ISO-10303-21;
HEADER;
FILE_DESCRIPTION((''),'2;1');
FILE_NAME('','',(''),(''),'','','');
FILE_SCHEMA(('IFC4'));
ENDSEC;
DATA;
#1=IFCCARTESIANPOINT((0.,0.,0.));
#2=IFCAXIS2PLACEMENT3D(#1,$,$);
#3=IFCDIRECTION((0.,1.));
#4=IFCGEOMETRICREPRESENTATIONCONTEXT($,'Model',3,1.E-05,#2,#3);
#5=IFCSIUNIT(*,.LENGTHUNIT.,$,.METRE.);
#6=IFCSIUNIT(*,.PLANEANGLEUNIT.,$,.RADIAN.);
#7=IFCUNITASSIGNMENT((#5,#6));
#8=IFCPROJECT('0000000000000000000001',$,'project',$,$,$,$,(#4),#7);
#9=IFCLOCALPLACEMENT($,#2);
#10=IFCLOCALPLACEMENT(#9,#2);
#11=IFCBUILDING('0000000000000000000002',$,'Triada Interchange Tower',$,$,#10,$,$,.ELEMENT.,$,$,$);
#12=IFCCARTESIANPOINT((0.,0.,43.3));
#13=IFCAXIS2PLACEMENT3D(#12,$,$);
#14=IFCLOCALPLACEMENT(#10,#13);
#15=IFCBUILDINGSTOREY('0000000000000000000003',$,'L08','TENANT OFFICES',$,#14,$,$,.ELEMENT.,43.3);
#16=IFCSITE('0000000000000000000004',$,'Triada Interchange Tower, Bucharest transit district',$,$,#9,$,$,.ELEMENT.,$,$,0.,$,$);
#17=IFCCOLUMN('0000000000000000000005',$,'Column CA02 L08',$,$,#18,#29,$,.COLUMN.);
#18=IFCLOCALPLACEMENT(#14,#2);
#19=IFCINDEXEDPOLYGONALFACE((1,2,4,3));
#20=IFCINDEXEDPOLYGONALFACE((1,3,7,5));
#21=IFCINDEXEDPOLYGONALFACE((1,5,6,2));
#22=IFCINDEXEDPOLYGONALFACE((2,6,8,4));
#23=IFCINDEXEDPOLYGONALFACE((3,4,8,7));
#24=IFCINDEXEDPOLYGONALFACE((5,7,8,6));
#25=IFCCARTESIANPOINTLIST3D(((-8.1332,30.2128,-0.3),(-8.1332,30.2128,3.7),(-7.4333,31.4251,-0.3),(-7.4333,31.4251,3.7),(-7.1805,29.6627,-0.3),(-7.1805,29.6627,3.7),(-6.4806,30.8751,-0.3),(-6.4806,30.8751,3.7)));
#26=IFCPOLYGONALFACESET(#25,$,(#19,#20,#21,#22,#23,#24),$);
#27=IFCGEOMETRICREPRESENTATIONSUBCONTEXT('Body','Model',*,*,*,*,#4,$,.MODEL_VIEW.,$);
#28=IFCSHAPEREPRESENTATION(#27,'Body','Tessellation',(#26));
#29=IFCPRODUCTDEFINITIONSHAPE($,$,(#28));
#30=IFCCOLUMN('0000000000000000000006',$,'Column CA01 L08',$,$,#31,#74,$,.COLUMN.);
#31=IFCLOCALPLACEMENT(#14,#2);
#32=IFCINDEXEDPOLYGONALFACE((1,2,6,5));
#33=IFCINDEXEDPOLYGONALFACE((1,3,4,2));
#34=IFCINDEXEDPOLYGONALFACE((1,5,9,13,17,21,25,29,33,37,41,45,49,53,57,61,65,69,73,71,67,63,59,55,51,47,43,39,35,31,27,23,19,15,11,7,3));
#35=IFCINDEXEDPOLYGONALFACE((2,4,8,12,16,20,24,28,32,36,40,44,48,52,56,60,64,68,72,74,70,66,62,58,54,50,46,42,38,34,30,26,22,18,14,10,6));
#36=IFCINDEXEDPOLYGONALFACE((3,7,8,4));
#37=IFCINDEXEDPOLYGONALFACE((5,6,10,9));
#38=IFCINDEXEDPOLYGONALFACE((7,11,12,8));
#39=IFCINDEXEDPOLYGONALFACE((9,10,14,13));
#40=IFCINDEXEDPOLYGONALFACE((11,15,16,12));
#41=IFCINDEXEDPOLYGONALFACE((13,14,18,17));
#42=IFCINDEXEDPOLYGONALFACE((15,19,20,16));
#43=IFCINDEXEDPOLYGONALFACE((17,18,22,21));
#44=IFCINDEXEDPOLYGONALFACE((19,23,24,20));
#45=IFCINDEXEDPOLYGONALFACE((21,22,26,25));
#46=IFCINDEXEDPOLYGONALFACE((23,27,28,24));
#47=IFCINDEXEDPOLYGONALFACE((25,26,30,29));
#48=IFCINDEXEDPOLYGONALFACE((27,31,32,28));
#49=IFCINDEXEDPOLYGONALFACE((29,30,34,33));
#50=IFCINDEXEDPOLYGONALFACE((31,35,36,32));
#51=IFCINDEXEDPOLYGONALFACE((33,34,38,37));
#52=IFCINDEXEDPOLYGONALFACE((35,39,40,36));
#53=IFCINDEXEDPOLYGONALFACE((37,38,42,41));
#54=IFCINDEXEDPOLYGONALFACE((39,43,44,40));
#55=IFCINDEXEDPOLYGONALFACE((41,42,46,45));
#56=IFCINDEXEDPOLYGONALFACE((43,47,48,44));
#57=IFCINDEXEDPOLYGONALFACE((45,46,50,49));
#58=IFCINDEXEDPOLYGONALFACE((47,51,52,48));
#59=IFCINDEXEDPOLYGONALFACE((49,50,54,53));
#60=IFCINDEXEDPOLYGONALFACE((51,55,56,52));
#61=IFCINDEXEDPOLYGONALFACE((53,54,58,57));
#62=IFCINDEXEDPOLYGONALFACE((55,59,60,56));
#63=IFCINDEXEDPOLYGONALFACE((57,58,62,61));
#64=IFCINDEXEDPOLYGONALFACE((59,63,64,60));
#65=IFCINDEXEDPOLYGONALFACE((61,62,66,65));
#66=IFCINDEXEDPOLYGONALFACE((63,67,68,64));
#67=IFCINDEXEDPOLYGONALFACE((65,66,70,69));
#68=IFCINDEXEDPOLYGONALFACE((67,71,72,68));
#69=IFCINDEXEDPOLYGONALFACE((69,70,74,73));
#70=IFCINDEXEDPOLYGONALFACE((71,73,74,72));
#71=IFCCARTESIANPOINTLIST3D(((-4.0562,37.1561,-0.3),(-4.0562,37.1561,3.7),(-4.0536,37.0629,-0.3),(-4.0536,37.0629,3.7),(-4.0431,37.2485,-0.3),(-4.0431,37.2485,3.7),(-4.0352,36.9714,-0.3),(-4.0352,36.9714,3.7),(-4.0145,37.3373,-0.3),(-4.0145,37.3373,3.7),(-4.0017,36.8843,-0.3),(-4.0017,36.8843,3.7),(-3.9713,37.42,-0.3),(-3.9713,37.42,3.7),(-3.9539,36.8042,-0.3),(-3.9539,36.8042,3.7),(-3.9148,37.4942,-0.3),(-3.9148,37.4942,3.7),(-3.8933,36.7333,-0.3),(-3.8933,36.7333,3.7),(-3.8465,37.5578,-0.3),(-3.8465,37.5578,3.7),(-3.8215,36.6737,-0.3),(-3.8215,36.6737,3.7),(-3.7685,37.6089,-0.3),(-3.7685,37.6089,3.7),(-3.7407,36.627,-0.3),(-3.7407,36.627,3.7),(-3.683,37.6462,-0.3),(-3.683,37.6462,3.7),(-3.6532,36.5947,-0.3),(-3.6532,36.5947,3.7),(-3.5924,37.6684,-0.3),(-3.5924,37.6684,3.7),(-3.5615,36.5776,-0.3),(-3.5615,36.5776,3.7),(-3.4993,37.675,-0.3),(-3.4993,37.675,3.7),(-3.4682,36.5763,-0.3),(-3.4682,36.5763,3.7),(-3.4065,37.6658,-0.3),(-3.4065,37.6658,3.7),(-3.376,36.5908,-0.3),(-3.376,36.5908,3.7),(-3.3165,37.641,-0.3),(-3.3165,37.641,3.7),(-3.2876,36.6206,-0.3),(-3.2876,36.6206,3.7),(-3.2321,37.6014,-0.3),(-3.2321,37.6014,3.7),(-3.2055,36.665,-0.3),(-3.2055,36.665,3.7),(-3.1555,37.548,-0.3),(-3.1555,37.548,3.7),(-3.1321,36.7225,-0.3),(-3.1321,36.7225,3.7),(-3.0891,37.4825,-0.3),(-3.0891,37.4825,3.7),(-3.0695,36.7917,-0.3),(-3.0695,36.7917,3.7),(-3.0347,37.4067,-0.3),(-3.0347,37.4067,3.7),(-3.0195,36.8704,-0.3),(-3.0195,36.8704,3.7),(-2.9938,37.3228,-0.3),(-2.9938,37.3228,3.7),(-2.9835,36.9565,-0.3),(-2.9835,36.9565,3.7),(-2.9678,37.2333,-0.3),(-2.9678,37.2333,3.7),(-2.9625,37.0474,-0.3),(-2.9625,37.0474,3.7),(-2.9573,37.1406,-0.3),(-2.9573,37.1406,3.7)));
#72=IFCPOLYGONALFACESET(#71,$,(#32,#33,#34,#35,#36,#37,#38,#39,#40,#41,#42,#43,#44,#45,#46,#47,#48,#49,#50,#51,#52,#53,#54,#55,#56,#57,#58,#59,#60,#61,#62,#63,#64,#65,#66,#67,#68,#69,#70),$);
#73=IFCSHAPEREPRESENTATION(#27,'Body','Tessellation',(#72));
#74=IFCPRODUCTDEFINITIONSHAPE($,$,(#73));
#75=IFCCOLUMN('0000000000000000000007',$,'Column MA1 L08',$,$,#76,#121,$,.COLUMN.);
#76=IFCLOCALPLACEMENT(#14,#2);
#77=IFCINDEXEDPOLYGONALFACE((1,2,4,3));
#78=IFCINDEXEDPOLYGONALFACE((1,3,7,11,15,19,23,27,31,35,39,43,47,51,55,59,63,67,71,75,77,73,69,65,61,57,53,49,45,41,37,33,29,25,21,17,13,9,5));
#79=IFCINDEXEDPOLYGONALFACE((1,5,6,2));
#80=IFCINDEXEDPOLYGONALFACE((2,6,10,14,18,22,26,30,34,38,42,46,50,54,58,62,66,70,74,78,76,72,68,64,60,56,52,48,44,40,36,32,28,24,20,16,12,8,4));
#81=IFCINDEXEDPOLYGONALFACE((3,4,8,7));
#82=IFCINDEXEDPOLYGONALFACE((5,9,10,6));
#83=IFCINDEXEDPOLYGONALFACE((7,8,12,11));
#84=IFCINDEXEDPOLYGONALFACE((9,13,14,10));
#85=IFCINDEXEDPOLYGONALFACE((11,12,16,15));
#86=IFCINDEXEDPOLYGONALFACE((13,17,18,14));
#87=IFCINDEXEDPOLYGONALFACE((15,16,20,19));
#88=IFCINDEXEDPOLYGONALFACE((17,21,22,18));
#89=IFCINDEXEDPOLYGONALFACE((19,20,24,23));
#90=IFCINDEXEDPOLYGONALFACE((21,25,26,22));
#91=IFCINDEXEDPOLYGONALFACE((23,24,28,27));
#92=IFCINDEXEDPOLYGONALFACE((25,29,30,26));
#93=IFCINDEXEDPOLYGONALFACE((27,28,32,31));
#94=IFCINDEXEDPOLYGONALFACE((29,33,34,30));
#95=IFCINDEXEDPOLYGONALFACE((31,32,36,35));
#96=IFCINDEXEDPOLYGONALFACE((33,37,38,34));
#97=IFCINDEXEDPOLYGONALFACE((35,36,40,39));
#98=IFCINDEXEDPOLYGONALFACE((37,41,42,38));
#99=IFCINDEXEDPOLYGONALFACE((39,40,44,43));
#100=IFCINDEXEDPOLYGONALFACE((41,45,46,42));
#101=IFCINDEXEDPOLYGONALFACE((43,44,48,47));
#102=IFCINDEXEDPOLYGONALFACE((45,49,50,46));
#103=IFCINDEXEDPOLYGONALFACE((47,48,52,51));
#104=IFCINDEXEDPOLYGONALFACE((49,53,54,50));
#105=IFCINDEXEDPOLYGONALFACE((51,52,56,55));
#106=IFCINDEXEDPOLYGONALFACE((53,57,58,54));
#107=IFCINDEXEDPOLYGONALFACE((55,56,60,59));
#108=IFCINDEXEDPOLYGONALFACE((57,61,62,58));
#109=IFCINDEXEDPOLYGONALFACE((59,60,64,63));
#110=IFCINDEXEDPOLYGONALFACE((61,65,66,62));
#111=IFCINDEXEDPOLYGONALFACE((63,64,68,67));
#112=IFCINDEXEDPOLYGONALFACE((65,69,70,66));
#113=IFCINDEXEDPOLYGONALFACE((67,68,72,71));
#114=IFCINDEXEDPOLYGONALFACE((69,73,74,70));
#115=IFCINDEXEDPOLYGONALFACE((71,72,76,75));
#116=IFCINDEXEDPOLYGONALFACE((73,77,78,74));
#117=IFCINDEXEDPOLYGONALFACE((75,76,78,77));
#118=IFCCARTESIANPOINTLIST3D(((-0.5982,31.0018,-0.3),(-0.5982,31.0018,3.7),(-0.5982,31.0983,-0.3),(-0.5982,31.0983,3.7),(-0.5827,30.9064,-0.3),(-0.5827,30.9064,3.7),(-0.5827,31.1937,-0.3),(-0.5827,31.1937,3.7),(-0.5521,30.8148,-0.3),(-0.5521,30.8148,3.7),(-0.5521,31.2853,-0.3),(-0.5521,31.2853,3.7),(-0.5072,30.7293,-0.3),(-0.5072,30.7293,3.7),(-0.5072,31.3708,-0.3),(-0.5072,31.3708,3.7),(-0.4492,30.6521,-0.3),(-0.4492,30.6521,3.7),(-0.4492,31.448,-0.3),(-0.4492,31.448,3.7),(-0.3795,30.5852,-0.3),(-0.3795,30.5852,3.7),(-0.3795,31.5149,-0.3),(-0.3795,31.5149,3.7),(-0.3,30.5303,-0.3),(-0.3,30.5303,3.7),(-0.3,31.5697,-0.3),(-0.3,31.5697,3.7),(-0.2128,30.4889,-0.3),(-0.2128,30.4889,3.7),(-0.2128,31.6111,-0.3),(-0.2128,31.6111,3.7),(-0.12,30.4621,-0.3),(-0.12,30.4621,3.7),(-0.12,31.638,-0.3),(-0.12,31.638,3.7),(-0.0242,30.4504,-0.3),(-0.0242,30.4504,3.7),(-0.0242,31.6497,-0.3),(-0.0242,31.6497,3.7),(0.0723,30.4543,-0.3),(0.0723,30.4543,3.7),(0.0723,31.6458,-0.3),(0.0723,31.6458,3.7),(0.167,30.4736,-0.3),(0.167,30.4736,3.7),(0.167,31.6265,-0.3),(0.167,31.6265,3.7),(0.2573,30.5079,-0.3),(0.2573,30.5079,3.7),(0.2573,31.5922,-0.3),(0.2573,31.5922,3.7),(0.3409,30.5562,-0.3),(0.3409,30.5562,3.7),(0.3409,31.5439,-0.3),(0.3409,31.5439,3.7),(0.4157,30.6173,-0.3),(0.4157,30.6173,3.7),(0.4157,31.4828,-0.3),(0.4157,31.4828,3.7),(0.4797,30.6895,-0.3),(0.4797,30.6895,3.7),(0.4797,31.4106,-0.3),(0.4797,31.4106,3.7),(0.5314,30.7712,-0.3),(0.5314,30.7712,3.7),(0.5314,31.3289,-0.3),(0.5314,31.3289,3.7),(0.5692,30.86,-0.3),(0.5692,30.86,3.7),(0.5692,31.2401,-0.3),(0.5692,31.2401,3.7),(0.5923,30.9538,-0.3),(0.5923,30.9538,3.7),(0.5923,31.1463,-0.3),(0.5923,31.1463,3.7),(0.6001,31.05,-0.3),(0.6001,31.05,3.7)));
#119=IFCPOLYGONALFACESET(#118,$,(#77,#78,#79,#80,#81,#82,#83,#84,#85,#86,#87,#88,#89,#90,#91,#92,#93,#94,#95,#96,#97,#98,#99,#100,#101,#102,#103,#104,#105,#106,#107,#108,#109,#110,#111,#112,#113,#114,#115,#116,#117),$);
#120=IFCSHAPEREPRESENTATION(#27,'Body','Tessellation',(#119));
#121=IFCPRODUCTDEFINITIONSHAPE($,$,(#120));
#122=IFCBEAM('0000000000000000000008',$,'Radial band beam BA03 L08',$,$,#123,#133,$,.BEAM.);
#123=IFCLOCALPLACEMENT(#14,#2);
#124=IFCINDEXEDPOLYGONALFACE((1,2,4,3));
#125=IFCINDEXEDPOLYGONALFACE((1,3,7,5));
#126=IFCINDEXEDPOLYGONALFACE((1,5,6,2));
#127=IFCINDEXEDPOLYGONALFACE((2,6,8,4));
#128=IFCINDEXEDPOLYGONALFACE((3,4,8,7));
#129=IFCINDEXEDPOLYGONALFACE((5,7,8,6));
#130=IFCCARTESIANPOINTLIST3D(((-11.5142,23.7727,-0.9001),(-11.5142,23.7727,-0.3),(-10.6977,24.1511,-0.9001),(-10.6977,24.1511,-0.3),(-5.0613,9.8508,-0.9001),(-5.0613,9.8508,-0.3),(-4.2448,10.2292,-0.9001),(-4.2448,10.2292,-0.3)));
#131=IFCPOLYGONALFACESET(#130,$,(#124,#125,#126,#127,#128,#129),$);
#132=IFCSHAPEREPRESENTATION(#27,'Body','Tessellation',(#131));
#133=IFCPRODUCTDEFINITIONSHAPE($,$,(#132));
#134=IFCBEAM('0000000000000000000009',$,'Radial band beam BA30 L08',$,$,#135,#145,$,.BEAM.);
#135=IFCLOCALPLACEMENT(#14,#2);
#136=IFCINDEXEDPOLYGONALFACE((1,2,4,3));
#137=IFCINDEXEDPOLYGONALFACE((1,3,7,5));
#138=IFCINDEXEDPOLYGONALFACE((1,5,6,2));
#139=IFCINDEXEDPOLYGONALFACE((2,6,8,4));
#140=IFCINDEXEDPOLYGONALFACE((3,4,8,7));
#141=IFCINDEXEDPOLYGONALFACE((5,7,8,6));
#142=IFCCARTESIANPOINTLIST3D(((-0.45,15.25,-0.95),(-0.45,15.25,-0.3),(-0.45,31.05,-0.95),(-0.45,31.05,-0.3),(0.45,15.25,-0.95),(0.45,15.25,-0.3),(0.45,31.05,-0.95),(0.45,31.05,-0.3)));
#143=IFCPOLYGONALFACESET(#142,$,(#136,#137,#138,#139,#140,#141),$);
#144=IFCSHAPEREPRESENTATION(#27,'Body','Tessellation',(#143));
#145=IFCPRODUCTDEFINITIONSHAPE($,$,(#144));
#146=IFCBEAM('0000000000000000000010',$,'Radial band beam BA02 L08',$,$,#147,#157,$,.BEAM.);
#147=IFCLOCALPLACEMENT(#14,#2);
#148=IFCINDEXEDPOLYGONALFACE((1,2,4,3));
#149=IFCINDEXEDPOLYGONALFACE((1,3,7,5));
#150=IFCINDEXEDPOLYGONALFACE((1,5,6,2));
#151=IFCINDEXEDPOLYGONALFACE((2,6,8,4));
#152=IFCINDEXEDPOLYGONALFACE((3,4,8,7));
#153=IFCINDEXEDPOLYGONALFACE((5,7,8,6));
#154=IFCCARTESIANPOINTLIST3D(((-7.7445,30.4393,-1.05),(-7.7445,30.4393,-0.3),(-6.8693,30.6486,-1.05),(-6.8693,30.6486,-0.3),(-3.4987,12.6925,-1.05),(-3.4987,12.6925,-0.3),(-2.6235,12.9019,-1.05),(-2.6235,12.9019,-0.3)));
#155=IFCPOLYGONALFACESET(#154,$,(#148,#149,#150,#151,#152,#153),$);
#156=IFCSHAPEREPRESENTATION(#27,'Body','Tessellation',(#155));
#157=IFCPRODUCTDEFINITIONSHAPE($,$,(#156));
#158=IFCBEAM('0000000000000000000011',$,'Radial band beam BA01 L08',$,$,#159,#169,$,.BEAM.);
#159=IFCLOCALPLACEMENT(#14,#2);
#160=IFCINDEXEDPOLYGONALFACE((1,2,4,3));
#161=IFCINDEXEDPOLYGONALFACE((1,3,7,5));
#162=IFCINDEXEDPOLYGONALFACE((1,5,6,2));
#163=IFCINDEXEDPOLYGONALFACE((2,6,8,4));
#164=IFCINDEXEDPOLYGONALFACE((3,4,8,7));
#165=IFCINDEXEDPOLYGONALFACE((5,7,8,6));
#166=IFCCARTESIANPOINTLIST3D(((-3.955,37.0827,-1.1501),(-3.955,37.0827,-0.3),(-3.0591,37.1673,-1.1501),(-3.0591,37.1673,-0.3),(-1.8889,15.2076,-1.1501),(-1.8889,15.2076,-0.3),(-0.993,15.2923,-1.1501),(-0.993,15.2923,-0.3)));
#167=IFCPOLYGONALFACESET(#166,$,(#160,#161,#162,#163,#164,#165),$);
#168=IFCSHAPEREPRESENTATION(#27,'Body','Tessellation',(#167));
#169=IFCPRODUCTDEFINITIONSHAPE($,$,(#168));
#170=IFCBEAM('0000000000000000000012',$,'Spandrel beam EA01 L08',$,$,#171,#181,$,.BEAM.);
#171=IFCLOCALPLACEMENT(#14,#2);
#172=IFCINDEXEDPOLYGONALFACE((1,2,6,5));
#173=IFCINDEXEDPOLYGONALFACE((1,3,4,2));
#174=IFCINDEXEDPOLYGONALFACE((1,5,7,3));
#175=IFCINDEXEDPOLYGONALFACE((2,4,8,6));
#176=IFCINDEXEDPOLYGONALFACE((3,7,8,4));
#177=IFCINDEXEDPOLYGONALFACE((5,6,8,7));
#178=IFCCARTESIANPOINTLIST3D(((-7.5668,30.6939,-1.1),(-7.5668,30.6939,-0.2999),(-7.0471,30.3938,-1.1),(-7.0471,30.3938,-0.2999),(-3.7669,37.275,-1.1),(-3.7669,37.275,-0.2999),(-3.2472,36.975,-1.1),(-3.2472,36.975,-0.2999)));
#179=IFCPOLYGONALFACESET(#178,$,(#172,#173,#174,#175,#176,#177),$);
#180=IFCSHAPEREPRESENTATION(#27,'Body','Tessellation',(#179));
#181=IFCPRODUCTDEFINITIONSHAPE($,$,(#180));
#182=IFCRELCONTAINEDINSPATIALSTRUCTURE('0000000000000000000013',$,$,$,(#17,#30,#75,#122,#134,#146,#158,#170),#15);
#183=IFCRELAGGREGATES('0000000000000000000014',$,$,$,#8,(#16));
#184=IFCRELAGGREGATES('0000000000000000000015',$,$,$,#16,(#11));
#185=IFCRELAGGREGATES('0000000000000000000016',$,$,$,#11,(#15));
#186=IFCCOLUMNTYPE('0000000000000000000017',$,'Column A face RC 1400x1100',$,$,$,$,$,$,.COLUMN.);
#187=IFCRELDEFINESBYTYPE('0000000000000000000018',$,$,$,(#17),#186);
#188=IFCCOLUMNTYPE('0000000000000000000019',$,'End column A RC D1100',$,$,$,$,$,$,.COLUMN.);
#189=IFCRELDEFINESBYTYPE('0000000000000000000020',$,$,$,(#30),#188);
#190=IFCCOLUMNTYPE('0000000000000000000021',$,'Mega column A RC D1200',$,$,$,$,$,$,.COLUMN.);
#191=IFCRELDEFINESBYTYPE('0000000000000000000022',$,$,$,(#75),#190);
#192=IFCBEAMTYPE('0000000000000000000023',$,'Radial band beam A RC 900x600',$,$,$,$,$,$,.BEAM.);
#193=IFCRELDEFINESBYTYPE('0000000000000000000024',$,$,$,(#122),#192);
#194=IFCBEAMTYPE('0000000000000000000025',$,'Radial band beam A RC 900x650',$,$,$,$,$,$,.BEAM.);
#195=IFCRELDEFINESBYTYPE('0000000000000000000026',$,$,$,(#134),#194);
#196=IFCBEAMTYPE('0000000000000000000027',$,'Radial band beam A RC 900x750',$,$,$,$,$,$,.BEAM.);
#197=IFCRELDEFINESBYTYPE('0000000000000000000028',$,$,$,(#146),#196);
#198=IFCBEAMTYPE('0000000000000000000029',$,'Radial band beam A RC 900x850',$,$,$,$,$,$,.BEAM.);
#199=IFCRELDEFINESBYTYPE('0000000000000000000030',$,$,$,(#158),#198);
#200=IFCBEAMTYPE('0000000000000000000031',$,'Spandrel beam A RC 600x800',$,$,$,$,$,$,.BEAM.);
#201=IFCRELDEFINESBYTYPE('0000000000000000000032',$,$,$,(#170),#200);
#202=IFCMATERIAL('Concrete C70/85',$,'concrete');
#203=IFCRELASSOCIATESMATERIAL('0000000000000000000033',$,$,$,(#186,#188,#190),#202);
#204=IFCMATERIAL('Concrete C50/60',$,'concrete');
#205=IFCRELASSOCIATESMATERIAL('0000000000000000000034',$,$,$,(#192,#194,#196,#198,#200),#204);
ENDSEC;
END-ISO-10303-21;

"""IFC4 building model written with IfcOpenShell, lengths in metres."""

from ifc_helpers import new_model, si_unit, direction, frame, origin, origin_2d, place, context, subcontext, project, spatial, rectangle, circle, extrude, material, material_profile, profile_set, type_object, element, save


model = new_model("IFC4")

# Units and contexts
model_context = context("Model", 3, precision=1e-05, world=origin(), true_north=direction((0.0, 1.0)))
body_context = subcontext(model_context, "Body", "Model", "MODEL_VIEW")
ifc_project = project(units=[si_unit("LENGTHUNIT", "METRE"), si_unit("PLANEANGLEUNIT", "RADIAN")], contexts=[model_context])

# Site, building, storey
site_placement = place(None, origin())
site = spatial("IfcSite", under=ifc_project, at=site_placement, Name="Triada Interchange Tower, Bucharest transit district", CompositionType="ELEMENT", RefElevation=0.0)
building_placement = place(site_placement, origin())
building = spatial("IfcBuilding", under=site, at=building_placement, Name="Triada Interchange Tower", CompositionType="ELEMENT")
storey_placement = place(building_placement, frame((0.0, 0.0, 43.3)))
storey = spatial("IfcBuildingStorey", under=building, at=storey_placement, Name="L08", Description="TENANT OFFICES", CompositionType="ELEMENT", Elevation=43.3)

# Columns
ifc_material_1 = material(Name="Concrete C70/85", Category="concrete")
ifc_material_profile_1 = material_profile(ifc_material_1, rectangle(XDim=1.3999, YDim=1.1001, at=origin_2d()), Name="RC 1400x1100")
ifc_profile_set_1 = profile_set([ifc_material_profile_1], Name="Concrete C70/85")
column_type_1 = type_object("IfcColumnType", Name="Column A face RC 1400x1100", PredefinedType="COLUMN", material=ifc_profile_set_1)
column_1_placement = place(storey_placement, frame((-7.3069, 30.5439, -0.3), z_axis=(0.0, 0.0, 1.0), x_axis=(0.5, 0.866025, 0.0)))
element("IfcColumn", 1, at=column_1_placement, inside=storey, type_object=column_type_1, Name="Column CA02 L08", PredefinedType="COLUMN", context=body_context, shape_type="SweptSolid", body=[
    extrude(rectangle(XDim=1.3999, YDim=1.1001, at=origin_2d()), origin(), (0.0, 0.0, 1.0), 4.0),
])
ifc_material_profile_2 = material_profile(ifc_material_1, circle(Radius=0.55, at=origin_2d()), Name="RC D1100")
ifc_profile_set_2 = profile_set([ifc_material_profile_2], Name="Concrete C70/85")
column_type_2 = type_object("IfcColumnType", Name="End column A RC D1100", PredefinedType="COLUMN", material=ifc_profile_set_2)
column_2_placement = place(storey_placement, frame((-3.5071, 37.125, -0.3), z_axis=(0.0, 0.0, 1.0), x_axis=(0.5, 0.866025, 0.0)))
element("IfcColumn", 2, at=column_2_placement, inside=storey, type_object=column_type_2, Name="Column CA01 L08", PredefinedType="COLUMN", context=body_context, shape_type="SweptSolid", body=[
    extrude(circle(Radius=0.55, at=origin_2d()), origin(), (0.0, 0.0, 1.0), 4.0),
])
ifc_material_profile_3 = material_profile(ifc_material_1, circle(Radius=0.6001, at=origin_2d()), Name="RC D1200")
ifc_profile_set_3 = profile_set([ifc_material_profile_3], Name="Concrete C70/85")
column_type_3 = type_object("IfcColumnType", Name="Mega column A RC D1200", PredefinedType="COLUMN", material=ifc_profile_set_3)
column_3_placement = place(storey_placement, frame((0.0, 31.05, -0.3), z_axis=(0.0, 0.0, 1.0), x_axis=(1.0, 0.0, 0.0)))
element("IfcColumn", 3, at=column_3_placement, inside=storey, type_object=column_type_3, Name="Column MA1 L08", PredefinedType="COLUMN", context=body_context, shape_type="SweptSolid", body=[
    extrude(circle(Radius=0.6001, at=origin_2d()), origin(), (0.0, 0.0, 1.0), 4.0),
])

# Beams
ifc_material_2 = material(Name="Concrete C50/60", Category="concrete")
ifc_material_profile_4 = material_profile(ifc_material_2, rectangle(XDim=0.8999, YDim=0.6001, at=origin_2d()), Name="RC 900x600")
ifc_profile_set_4 = profile_set([ifc_material_profile_4], Name="Concrete C50/60")
beam_type_1 = type_object("IfcBeamType", Name="Radial band beam A RC 900x600", PredefinedType="BEAM", material=ifc_profile_set_4)
beam_1_placement = place(storey_placement, frame((-11.106, 23.9619, -0.6001), z_axis=(0.42053, -0.907279, 0.0), x_axis=(0.907279, 0.42053, 0.0)))
element("IfcBeam", 4, at=beam_1_placement, inside=storey, type_object=beam_type_1, Name="Radial band beam BA03 L08", PredefinedType="BEAM", context=body_context, shape_type="SweptSolid", body=[
    extrude(rectangle(XDim=0.8999, YDim=0.6001, at=origin_2d()), origin(), (0.0, 0.0, 1.0), 15.3447),
])
ifc_material_profile_5 = material_profile(ifc_material_2, rectangle(XDim=0.8999, YDim=0.6499, at=origin_2d()), Name="RC 900x650")
ifc_profile_set_5 = profile_set([ifc_material_profile_5], Name="Concrete C50/60")
beam_type_2 = type_object("IfcBeamType", Name="Radial band beam A RC 900x650", PredefinedType="BEAM", material=ifc_profile_set_5)
beam_2_placement = place(storey_placement, frame((0.0, 31.05, -0.625), z_axis=(0.0, -1.0, 0.0), x_axis=(1.0, 0.0, 0.0)))
element("IfcBeam", 5, at=beam_2_placement, inside=storey, type_object=beam_type_2, Name="Radial band beam BA30 L08", PredefinedType="BEAM", context=body_context, shape_type="SweptSolid", body=[
    extrude(rectangle(XDim=0.8999, YDim=0.6499, at=origin_2d()), origin(), (0.0, 0.0, 1.0), 15.8),
])
ifc_material_profile_6 = material_profile(ifc_material_2, rectangle(XDim=0.8999, YDim=0.75, at=origin_2d()), Name="RC 900x750")
ifc_profile_set_6 = profile_set([ifc_material_profile_6], Name="Concrete C50/60")
beam_type_3 = type_object("IfcBeamType", Name="Radial band beam A RC 900x750", PredefinedType="BEAM", material=ifc_profile_set_6)
beam_3_placement = place(storey_placement, frame((-7.3069, 30.5439, -0.675), z_axis=(0.232679, -0.972554, 0.0), x_axis=(0.972554, 0.232679, 0.0)))
element("IfcBeam", 6, at=beam_3_placement, inside=storey, type_object=beam_type_3, Name="Radial band beam BA02 L08", PredefinedType="BEAM", context=body_context, shape_type="SweptSolid", body=[
    extrude(rectangle(XDim=0.8999, YDim=0.75, at=origin_2d()), origin(), (0.0, 0.0, 1.0), 18.2476),
])
ifc_material_profile_7 = material_profile(ifc_material_2, rectangle(XDim=0.8999, YDim=0.8501, at=origin_2d()), Name="RC 900x850")
ifc_profile_set_7 = profile_set([ifc_material_profile_7], Name="Concrete C50/60")
beam_type_4 = type_object("IfcBeamType", Name="Radial band beam A RC 900x850", PredefinedType="BEAM", material=ifc_profile_set_7)
beam_4_placement = place(storey_placement, frame((-3.5071, 37.125, -0.7251), z_axis=(0.094035, -0.995569, 0.0), x_axis=(0.995569, 0.094035, 0.0)))
element("IfcBeam", 7, at=beam_4_placement, inside=storey, type_object=beam_type_4, Name="Radial band beam BA01 L08", PredefinedType="BEAM", context=body_context, shape_type="SweptSolid", body=[
    extrude(rectangle(XDim=0.8999, YDim=0.8501, at=origin_2d()), origin(), (0.0, 0.0, 1.0), 21.9724),
])
ifc_material_profile_8 = material_profile(ifc_material_2, rectangle(XDim=0.6001, YDim=0.8, at=origin_2d()), Name="RC 600x800")
ifc_profile_set_8 = profile_set([ifc_material_profile_8], Name="Concrete C50/60")
beam_type_5 = type_object("IfcBeamType", Name="Spandrel beam A RC 600x800", PredefinedType="BEAM", material=ifc_profile_set_8)
beam_5_placement = place(storey_placement, frame((-3.5071, 37.125, -0.7), z_axis=(-0.500023, -0.866012, 0.0), x_axis=(0.866012, -0.500023, 0.0)))
element("IfcBeam", 8, at=beam_5_placement, inside=storey, type_object=beam_type_5, Name="Spandrel beam EA01 L08", PredefinedType="BEAM", context=body_context, shape_type="SweptSolid", body=[
    extrude(rectangle(XDim=0.6001, YDim=0.8, at=origin_2d()), origin(), (0.0, 0.0, 1.0), 7.5994),
])

save(model, "model.ifc")
